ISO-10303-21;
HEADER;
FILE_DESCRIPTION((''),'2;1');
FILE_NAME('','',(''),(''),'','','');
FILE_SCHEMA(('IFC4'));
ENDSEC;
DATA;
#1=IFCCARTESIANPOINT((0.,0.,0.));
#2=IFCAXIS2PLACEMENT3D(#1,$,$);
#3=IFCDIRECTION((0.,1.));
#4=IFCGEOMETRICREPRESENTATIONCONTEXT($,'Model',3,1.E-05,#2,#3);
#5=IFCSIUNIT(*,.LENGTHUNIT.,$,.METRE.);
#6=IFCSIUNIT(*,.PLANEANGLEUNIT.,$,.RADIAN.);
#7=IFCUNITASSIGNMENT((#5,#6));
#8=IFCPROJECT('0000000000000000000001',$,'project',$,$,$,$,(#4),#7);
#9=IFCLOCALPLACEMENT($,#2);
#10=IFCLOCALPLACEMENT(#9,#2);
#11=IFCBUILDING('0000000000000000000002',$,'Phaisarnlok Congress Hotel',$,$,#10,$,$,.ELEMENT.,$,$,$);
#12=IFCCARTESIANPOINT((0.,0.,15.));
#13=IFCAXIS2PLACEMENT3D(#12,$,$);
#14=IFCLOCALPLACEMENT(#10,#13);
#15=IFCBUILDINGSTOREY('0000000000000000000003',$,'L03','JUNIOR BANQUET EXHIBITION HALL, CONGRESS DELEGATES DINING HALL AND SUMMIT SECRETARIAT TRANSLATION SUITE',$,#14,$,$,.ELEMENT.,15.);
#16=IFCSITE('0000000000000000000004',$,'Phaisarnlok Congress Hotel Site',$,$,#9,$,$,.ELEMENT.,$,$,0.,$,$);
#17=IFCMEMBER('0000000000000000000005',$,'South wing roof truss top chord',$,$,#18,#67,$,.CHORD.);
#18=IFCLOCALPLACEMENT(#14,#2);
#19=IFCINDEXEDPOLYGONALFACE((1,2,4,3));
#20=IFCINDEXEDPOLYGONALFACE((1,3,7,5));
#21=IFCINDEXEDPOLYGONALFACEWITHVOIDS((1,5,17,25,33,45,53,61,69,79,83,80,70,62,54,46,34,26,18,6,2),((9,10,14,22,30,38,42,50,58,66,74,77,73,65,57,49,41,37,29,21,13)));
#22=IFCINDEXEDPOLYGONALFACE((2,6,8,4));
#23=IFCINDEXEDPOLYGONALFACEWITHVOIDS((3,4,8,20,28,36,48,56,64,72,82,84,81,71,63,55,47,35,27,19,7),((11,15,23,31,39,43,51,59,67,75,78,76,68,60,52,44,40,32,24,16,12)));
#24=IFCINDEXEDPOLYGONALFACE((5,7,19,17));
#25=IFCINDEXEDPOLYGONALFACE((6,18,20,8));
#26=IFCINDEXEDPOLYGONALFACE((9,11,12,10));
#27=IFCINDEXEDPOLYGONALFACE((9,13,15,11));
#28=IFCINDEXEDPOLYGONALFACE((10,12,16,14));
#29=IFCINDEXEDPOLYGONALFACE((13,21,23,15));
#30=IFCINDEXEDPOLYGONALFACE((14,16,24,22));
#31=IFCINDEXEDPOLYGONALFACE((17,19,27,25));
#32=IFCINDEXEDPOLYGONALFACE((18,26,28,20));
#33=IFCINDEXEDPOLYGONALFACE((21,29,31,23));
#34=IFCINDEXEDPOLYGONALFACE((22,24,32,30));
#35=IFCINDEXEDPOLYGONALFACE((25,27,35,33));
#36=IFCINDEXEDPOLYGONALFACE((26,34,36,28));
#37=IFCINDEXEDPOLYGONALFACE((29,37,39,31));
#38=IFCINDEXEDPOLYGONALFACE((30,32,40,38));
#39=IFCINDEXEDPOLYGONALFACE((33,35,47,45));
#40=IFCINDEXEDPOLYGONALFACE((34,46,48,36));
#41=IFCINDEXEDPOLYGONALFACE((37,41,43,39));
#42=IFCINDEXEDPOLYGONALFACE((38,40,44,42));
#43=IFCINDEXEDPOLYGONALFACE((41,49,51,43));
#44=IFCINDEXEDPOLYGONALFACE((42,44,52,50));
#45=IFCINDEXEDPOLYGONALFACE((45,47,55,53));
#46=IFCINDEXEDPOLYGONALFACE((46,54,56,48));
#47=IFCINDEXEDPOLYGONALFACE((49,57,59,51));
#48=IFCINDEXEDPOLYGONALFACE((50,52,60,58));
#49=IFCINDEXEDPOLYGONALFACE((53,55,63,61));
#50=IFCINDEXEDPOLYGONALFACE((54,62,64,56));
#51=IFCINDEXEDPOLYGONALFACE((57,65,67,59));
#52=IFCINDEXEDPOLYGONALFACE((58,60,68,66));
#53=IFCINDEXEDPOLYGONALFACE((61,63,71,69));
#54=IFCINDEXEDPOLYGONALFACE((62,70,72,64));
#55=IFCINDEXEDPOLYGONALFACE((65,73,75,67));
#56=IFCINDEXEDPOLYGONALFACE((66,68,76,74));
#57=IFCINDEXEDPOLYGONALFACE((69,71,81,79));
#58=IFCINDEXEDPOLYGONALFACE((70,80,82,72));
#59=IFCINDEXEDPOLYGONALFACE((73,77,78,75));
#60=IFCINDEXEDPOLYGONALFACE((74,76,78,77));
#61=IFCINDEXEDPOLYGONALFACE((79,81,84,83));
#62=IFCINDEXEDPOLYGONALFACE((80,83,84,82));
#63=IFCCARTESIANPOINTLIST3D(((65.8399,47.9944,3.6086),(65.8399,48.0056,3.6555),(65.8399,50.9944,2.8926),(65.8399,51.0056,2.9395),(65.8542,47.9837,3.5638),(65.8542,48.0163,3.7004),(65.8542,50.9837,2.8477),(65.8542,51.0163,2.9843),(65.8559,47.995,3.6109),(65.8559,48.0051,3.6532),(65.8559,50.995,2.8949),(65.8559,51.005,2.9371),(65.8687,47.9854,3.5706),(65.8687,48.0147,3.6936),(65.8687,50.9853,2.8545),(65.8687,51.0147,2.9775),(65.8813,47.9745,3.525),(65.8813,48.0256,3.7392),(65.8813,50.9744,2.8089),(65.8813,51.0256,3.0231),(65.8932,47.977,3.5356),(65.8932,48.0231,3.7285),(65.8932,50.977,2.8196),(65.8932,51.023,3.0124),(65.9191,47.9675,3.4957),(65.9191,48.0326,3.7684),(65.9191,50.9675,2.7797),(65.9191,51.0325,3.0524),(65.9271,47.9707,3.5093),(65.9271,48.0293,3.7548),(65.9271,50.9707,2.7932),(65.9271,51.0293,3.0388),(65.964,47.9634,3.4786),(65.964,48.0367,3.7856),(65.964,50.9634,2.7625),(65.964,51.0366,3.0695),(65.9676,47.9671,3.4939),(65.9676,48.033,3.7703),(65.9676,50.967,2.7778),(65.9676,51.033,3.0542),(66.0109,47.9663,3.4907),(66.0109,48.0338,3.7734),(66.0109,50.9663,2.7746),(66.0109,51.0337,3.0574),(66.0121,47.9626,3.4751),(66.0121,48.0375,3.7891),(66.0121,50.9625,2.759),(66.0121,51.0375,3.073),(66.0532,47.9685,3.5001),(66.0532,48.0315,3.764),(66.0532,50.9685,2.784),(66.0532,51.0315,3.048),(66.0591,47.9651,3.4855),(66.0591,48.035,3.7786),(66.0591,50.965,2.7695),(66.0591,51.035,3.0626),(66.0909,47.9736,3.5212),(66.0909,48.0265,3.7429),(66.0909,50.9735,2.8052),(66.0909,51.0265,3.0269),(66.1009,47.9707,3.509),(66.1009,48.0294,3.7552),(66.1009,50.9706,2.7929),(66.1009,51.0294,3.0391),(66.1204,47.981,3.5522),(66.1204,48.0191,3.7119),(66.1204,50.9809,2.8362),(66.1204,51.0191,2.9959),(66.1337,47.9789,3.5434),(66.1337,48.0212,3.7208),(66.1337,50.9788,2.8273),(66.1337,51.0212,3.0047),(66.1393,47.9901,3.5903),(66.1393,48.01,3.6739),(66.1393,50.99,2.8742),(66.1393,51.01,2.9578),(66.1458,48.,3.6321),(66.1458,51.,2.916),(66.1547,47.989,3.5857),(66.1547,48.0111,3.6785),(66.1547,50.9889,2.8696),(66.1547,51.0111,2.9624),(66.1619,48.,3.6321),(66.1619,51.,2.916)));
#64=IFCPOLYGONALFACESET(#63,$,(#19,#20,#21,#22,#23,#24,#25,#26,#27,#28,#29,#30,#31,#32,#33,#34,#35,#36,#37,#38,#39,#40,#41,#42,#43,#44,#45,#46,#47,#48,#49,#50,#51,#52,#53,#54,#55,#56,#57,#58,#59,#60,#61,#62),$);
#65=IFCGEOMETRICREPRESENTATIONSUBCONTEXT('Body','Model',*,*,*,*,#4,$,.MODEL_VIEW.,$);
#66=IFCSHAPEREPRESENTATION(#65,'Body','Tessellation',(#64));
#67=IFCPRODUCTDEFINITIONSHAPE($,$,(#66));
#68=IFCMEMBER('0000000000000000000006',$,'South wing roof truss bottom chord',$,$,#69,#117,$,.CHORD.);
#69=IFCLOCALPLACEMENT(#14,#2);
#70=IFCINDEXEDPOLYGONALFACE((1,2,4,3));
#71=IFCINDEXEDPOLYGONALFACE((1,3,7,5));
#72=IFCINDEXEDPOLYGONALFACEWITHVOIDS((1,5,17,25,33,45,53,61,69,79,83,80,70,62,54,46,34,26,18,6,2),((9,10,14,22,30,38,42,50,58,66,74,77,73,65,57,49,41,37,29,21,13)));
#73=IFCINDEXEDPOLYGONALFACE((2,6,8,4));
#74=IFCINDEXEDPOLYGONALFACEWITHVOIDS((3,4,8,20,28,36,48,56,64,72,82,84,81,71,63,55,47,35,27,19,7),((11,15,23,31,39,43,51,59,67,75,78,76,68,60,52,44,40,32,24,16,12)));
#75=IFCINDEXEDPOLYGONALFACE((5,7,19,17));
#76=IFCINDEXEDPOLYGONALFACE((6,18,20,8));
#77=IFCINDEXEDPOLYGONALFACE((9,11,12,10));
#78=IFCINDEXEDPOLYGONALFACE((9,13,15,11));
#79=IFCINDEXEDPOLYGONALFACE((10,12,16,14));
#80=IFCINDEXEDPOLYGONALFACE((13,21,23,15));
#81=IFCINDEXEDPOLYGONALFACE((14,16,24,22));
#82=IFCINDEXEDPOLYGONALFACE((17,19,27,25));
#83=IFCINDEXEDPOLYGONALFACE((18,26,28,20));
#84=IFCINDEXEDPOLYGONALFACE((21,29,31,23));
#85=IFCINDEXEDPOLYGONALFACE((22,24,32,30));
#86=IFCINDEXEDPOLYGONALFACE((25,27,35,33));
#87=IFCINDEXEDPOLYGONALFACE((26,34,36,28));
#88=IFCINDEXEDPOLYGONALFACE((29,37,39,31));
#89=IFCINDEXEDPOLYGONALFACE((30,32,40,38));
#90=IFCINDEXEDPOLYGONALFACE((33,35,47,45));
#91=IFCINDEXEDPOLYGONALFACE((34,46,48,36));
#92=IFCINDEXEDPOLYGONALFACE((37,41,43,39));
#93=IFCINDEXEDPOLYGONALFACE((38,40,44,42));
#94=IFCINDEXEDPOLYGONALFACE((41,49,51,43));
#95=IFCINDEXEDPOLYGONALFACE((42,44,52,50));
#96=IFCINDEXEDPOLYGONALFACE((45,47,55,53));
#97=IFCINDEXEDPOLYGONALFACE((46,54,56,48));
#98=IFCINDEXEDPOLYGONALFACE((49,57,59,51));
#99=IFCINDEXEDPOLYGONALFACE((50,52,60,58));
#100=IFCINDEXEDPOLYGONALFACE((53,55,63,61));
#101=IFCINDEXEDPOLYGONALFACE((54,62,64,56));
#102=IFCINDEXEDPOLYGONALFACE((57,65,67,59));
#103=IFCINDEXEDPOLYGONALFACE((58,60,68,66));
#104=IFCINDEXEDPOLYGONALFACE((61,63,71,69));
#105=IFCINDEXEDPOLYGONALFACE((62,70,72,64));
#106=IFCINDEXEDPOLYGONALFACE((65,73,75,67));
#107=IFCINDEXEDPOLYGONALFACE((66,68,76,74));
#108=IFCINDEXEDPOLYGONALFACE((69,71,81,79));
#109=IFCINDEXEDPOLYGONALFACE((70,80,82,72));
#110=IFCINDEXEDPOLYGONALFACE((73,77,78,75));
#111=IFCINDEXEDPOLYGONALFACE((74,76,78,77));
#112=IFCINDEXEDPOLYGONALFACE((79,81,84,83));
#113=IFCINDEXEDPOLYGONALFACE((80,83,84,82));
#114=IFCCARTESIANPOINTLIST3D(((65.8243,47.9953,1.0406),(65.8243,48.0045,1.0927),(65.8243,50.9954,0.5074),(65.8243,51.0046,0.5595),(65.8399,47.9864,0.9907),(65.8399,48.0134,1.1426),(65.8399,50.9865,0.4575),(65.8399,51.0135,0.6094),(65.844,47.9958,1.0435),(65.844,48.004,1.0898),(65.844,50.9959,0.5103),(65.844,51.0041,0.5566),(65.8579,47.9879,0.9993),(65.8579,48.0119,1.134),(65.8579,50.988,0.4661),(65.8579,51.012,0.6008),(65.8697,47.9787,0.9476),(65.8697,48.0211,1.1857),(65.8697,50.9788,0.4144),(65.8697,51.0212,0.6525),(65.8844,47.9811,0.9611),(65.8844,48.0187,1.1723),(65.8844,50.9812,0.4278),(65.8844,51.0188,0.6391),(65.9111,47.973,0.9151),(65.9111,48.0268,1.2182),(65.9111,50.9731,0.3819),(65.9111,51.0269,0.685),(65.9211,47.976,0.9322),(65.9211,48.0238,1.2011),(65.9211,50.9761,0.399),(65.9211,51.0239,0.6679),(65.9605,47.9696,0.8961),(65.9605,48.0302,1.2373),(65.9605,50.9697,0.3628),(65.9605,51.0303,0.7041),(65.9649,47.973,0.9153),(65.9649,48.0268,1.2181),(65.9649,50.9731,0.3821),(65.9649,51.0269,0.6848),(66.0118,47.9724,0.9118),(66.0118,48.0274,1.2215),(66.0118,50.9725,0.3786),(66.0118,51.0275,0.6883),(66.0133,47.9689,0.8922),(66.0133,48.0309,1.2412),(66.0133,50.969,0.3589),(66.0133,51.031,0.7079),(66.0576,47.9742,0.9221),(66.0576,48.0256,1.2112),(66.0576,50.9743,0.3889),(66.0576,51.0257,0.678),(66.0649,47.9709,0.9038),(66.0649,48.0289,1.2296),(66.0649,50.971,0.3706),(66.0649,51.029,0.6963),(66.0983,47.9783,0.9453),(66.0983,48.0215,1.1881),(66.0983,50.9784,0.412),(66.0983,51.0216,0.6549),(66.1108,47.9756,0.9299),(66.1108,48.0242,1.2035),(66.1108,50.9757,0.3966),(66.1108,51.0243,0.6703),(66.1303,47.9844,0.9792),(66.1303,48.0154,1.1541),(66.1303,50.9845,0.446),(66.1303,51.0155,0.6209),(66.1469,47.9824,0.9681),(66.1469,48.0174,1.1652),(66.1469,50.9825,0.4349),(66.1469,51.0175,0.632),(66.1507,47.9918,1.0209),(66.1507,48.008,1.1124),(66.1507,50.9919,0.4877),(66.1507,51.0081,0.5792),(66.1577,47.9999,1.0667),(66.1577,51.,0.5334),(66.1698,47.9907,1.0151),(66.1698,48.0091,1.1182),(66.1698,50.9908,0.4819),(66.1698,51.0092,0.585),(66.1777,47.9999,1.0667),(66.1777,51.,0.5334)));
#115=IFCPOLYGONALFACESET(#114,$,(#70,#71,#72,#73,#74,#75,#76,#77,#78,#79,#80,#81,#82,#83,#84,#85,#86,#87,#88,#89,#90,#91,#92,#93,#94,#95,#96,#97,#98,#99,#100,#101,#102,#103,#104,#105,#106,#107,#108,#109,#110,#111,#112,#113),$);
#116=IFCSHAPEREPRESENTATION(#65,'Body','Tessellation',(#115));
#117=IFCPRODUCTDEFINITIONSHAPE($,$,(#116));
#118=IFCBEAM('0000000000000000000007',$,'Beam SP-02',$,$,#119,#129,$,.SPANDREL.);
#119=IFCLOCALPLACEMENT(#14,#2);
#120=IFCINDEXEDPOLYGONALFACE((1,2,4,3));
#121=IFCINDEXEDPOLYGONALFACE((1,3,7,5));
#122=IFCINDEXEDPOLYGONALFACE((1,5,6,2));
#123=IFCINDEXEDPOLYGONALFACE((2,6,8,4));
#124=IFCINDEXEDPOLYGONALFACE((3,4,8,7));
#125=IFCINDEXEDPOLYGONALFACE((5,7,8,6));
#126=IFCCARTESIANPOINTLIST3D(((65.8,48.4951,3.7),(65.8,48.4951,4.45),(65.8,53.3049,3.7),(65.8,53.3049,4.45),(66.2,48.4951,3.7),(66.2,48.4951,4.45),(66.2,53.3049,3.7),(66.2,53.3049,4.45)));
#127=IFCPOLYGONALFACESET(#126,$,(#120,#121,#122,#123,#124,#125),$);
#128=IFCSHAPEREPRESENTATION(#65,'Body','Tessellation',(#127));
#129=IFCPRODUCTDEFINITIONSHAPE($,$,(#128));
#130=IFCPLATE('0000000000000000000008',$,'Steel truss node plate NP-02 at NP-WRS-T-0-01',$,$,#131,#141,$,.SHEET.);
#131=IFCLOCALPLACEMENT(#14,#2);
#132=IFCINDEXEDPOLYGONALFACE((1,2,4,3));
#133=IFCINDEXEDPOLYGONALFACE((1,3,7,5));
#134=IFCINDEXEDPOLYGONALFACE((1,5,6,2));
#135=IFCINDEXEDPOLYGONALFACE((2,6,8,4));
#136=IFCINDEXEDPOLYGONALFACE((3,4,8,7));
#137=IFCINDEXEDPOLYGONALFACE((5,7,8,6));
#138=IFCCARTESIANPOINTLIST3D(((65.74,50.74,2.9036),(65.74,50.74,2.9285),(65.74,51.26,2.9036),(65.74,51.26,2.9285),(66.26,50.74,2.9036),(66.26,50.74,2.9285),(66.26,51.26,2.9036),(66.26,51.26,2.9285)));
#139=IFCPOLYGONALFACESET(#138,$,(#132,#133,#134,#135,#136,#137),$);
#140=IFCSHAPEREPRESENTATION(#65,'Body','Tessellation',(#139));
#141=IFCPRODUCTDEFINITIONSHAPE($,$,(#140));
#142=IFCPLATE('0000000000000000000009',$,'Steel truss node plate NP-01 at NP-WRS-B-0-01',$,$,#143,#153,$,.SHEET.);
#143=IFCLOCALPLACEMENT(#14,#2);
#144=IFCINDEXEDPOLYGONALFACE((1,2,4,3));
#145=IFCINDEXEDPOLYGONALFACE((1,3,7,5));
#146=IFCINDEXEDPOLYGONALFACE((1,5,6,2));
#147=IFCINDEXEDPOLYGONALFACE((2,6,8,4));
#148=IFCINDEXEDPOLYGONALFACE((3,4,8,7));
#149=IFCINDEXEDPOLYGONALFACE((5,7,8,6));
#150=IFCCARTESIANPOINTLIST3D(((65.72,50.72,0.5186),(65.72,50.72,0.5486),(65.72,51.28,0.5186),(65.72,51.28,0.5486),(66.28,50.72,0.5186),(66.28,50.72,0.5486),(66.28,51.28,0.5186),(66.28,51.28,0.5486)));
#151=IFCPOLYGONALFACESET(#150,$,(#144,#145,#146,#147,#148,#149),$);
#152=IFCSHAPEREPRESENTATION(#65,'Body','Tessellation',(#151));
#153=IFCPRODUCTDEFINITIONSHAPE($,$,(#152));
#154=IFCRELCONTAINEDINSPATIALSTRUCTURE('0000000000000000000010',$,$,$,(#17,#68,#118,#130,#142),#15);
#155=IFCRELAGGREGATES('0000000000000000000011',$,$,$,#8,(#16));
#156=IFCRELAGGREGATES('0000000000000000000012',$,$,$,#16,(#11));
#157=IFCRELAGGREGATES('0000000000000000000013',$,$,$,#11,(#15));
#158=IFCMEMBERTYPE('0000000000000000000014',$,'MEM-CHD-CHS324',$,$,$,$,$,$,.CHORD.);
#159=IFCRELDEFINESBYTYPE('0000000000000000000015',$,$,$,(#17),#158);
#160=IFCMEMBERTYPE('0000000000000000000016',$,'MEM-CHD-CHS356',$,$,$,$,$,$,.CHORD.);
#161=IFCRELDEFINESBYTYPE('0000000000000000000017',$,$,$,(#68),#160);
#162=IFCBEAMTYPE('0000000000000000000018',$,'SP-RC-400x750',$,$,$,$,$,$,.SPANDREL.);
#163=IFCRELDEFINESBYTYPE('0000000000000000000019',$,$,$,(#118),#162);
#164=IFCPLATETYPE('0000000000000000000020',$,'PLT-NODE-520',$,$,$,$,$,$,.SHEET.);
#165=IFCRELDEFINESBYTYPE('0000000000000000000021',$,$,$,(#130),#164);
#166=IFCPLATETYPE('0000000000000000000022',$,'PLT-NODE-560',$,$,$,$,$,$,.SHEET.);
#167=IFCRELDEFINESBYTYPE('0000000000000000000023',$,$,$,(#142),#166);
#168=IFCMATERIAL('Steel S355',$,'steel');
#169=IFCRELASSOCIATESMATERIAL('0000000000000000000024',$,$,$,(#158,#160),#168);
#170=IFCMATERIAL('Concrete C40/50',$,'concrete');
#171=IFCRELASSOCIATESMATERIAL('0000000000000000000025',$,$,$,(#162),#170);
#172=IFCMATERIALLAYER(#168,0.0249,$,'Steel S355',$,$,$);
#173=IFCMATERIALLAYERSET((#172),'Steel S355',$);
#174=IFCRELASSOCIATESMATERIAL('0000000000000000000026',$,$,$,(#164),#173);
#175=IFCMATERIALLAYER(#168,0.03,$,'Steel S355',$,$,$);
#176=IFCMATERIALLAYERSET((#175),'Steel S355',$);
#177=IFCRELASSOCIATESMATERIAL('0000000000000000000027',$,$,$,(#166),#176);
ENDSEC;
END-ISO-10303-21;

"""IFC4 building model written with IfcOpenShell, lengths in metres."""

from ifc_helpers import new_model, si_unit, direction, frame, origin, origin_2d, place, context, subcontext, project, spatial, rectangle, hollow_circle, extrude, material, layer, layer_set, material_profile, profile_set, type_object, element, save


model = new_model("IFC4")

# Units and contexts
model_context = context("Model", 3, precision=1e-05, world=origin(), true_north=direction((0.0, 1.0)))
body_context = subcontext(model_context, "Body", "Model", "MODEL_VIEW")
ifc_project = project(units=[si_unit("LENGTHUNIT", "METRE"), si_unit("PLANEANGLEUNIT", "RADIAN")], contexts=[model_context])

# Site, building, storey
site_placement = place(None, origin())
site = spatial("IfcSite", under=ifc_project, at=site_placement, Name="Phaisarnlok Congress Hotel Site", CompositionType="ELEMENT", RefElevation=0.0)
building_placement = place(site_placement, origin())
building = spatial("IfcBuilding", under=site, at=building_placement, Name="Phaisarnlok Congress Hotel", CompositionType="ELEMENT")
storey_placement = place(building_placement, frame((0.0, 0.0, 15.0)))
storey = spatial("IfcBuildingStorey", under=building, at=storey_placement, Name="L03", Description="JUNIOR BANQUET EXHIBITION HALL, CONGRESS DELEGATES DINING HALL AND SUMMIT SECRETARIAT TRANSLATION SUITE", CompositionType="ELEMENT", Elevation=15.0)

# Shared definitions
ifc_material_1 = material(Name="Steel S355", Category="steel")

# Members
ifc_material_profile_1 = material_profile(ifc_material_1, hollow_circle(Radius=0.1619, WallThickness=0.0161, at=origin_2d()), Name="CHS 323.9x16")
ifc_profile_set_1 = profile_set([ifc_material_profile_1], Name="Steel S355")
member_type_1 = type_object("IfcMemberType", Name="MEM-CHD-CHS324", PredefinedType="CHORD", material=ifc_profile_set_1)
member_1_placement = place(storey_placement, frame((66.0, 51.0, 2.916), z_axis=(0.0, -0.972676, 0.232166), x_axis=(1.0, 0.0, 0.0)))
element("IfcMember", 1, at=member_1_placement, inside=storey, type_object=member_type_1, Name="South wing roof truss top chord", PredefinedType="CHORD", context=body_context, shape_type="SweptSolid", body=[
    extrude(hollow_circle(Radius=0.1619, WallThickness=0.0161, at=origin_2d()), origin(), (0.0, 0.0, 1.0), 3.0842),
])
ifc_material_profile_2 = material_profile(ifc_material_1, hollow_circle(Radius=0.1777, WallThickness=0.02, at=origin_2d()), Name="CHS 355.6x20")
ifc_profile_set_2 = profile_set([ifc_material_profile_2], Name="Steel S355")
member_type_2 = type_object("IfcMemberType", Name="MEM-CHD-CHS356", PredefinedType="CHORD", material=ifc_profile_set_2)
member_2_placement = place(storey_placement, frame((66.0, 51.0, 0.5334), z_axis=(0.0, -0.98457, 0.174992), x_axis=(1.0, 0.0, 0.0)))
element("IfcMember", 2, at=member_2_placement, inside=storey, type_object=member_type_2, Name="South wing roof truss bottom chord", PredefinedType="CHORD", context=body_context, shape_type="SweptSolid", body=[
    extrude(hollow_circle(Radius=0.1777, WallThickness=0.02, at=origin_2d()), origin(), (0.0, 0.0, 1.0), 3.0471),
])

# Beam
ifc_material_2 = material(Name="Concrete C40/50", Category="concrete")
ifc_material_profile_3 = material_profile(ifc_material_2, rectangle(XDim=0.3999, YDim=0.75, at=origin_2d()), Name="RC 400x750")
ifc_profile_set_3 = profile_set([ifc_material_profile_3], Name="Concrete C40/50")
beam_type_1 = type_object("IfcBeamType", Name="SP-RC-400x750", PredefinedType="SPANDREL", material=ifc_profile_set_3)
beam_1_placement = place(storey_placement, frame((66.0, 48.4951, 4.075), z_axis=(0.0, 1.0, 0.0), x_axis=(-1.0, 0.0, 0.0)))
element("IfcBeam", 3, at=beam_1_placement, inside=storey, type_object=beam_type_1, Name="Beam SP-02", PredefinedType="SPANDREL", context=body_context, shape_type="SweptSolid", body=[
    extrude(rectangle(XDim=0.3999, YDim=0.75, at=origin_2d()), origin(), (0.0, 0.0, 1.0), 4.8098),
])

# Plates
ifc_layer_1 = layer(ifc_material_1, 0.0249, Name="Steel S355")
ifc_layer_set_1 = layer_set([ifc_layer_1], Name="Steel S355")
plate_type_1 = type_object("IfcPlateType", Name="PLT-NODE-520", PredefinedType="SHEET", material=ifc_layer_set_1)
plate_1_placement = place(storey_placement, frame((66.0, 51.0, 2.9036), z_axis=(0.0, 0.0, 1.0), x_axis=(1.0, 0.0, 0.0)))
element("IfcPlate", 4, at=plate_1_placement, inside=storey, type_object=plate_type_1, Name="Steel truss node plate NP-02 at NP-WRS-T-0-01", PredefinedType="SHEET", context=body_context, shape_type="SweptSolid", body=[
    extrude(rectangle(XDim=0.52, YDim=0.52, at=origin_2d()), origin(), (0.0, 0.0, 1.0), 0.0249),
])
ifc_layer_2 = layer(ifc_material_1, 0.03, Name="Steel S355")
ifc_layer_set_2 = layer_set([ifc_layer_2], Name="Steel S355")
plate_type_2 = type_object("IfcPlateType", Name="PLT-NODE-560", PredefinedType="SHEET", material=ifc_layer_set_2)
plate_2_placement = place(storey_placement, frame((66.0, 51.0, 0.5186), z_axis=(0.0, 0.0, 1.0), x_axis=(1.0, 0.0, 0.0)))
element("IfcPlate", 5, at=plate_2_placement, inside=storey, type_object=plate_type_2, Name="Steel truss node plate NP-01 at NP-WRS-B-0-01", PredefinedType="SHEET", context=body_context, shape_type="SweptSolid", body=[
    extrude(rectangle(XDim=0.5601, YDim=0.5601, at=origin_2d()), origin(), (0.0, 0.0, 1.0), 0.03),
])

save(model, "model.ifc")
